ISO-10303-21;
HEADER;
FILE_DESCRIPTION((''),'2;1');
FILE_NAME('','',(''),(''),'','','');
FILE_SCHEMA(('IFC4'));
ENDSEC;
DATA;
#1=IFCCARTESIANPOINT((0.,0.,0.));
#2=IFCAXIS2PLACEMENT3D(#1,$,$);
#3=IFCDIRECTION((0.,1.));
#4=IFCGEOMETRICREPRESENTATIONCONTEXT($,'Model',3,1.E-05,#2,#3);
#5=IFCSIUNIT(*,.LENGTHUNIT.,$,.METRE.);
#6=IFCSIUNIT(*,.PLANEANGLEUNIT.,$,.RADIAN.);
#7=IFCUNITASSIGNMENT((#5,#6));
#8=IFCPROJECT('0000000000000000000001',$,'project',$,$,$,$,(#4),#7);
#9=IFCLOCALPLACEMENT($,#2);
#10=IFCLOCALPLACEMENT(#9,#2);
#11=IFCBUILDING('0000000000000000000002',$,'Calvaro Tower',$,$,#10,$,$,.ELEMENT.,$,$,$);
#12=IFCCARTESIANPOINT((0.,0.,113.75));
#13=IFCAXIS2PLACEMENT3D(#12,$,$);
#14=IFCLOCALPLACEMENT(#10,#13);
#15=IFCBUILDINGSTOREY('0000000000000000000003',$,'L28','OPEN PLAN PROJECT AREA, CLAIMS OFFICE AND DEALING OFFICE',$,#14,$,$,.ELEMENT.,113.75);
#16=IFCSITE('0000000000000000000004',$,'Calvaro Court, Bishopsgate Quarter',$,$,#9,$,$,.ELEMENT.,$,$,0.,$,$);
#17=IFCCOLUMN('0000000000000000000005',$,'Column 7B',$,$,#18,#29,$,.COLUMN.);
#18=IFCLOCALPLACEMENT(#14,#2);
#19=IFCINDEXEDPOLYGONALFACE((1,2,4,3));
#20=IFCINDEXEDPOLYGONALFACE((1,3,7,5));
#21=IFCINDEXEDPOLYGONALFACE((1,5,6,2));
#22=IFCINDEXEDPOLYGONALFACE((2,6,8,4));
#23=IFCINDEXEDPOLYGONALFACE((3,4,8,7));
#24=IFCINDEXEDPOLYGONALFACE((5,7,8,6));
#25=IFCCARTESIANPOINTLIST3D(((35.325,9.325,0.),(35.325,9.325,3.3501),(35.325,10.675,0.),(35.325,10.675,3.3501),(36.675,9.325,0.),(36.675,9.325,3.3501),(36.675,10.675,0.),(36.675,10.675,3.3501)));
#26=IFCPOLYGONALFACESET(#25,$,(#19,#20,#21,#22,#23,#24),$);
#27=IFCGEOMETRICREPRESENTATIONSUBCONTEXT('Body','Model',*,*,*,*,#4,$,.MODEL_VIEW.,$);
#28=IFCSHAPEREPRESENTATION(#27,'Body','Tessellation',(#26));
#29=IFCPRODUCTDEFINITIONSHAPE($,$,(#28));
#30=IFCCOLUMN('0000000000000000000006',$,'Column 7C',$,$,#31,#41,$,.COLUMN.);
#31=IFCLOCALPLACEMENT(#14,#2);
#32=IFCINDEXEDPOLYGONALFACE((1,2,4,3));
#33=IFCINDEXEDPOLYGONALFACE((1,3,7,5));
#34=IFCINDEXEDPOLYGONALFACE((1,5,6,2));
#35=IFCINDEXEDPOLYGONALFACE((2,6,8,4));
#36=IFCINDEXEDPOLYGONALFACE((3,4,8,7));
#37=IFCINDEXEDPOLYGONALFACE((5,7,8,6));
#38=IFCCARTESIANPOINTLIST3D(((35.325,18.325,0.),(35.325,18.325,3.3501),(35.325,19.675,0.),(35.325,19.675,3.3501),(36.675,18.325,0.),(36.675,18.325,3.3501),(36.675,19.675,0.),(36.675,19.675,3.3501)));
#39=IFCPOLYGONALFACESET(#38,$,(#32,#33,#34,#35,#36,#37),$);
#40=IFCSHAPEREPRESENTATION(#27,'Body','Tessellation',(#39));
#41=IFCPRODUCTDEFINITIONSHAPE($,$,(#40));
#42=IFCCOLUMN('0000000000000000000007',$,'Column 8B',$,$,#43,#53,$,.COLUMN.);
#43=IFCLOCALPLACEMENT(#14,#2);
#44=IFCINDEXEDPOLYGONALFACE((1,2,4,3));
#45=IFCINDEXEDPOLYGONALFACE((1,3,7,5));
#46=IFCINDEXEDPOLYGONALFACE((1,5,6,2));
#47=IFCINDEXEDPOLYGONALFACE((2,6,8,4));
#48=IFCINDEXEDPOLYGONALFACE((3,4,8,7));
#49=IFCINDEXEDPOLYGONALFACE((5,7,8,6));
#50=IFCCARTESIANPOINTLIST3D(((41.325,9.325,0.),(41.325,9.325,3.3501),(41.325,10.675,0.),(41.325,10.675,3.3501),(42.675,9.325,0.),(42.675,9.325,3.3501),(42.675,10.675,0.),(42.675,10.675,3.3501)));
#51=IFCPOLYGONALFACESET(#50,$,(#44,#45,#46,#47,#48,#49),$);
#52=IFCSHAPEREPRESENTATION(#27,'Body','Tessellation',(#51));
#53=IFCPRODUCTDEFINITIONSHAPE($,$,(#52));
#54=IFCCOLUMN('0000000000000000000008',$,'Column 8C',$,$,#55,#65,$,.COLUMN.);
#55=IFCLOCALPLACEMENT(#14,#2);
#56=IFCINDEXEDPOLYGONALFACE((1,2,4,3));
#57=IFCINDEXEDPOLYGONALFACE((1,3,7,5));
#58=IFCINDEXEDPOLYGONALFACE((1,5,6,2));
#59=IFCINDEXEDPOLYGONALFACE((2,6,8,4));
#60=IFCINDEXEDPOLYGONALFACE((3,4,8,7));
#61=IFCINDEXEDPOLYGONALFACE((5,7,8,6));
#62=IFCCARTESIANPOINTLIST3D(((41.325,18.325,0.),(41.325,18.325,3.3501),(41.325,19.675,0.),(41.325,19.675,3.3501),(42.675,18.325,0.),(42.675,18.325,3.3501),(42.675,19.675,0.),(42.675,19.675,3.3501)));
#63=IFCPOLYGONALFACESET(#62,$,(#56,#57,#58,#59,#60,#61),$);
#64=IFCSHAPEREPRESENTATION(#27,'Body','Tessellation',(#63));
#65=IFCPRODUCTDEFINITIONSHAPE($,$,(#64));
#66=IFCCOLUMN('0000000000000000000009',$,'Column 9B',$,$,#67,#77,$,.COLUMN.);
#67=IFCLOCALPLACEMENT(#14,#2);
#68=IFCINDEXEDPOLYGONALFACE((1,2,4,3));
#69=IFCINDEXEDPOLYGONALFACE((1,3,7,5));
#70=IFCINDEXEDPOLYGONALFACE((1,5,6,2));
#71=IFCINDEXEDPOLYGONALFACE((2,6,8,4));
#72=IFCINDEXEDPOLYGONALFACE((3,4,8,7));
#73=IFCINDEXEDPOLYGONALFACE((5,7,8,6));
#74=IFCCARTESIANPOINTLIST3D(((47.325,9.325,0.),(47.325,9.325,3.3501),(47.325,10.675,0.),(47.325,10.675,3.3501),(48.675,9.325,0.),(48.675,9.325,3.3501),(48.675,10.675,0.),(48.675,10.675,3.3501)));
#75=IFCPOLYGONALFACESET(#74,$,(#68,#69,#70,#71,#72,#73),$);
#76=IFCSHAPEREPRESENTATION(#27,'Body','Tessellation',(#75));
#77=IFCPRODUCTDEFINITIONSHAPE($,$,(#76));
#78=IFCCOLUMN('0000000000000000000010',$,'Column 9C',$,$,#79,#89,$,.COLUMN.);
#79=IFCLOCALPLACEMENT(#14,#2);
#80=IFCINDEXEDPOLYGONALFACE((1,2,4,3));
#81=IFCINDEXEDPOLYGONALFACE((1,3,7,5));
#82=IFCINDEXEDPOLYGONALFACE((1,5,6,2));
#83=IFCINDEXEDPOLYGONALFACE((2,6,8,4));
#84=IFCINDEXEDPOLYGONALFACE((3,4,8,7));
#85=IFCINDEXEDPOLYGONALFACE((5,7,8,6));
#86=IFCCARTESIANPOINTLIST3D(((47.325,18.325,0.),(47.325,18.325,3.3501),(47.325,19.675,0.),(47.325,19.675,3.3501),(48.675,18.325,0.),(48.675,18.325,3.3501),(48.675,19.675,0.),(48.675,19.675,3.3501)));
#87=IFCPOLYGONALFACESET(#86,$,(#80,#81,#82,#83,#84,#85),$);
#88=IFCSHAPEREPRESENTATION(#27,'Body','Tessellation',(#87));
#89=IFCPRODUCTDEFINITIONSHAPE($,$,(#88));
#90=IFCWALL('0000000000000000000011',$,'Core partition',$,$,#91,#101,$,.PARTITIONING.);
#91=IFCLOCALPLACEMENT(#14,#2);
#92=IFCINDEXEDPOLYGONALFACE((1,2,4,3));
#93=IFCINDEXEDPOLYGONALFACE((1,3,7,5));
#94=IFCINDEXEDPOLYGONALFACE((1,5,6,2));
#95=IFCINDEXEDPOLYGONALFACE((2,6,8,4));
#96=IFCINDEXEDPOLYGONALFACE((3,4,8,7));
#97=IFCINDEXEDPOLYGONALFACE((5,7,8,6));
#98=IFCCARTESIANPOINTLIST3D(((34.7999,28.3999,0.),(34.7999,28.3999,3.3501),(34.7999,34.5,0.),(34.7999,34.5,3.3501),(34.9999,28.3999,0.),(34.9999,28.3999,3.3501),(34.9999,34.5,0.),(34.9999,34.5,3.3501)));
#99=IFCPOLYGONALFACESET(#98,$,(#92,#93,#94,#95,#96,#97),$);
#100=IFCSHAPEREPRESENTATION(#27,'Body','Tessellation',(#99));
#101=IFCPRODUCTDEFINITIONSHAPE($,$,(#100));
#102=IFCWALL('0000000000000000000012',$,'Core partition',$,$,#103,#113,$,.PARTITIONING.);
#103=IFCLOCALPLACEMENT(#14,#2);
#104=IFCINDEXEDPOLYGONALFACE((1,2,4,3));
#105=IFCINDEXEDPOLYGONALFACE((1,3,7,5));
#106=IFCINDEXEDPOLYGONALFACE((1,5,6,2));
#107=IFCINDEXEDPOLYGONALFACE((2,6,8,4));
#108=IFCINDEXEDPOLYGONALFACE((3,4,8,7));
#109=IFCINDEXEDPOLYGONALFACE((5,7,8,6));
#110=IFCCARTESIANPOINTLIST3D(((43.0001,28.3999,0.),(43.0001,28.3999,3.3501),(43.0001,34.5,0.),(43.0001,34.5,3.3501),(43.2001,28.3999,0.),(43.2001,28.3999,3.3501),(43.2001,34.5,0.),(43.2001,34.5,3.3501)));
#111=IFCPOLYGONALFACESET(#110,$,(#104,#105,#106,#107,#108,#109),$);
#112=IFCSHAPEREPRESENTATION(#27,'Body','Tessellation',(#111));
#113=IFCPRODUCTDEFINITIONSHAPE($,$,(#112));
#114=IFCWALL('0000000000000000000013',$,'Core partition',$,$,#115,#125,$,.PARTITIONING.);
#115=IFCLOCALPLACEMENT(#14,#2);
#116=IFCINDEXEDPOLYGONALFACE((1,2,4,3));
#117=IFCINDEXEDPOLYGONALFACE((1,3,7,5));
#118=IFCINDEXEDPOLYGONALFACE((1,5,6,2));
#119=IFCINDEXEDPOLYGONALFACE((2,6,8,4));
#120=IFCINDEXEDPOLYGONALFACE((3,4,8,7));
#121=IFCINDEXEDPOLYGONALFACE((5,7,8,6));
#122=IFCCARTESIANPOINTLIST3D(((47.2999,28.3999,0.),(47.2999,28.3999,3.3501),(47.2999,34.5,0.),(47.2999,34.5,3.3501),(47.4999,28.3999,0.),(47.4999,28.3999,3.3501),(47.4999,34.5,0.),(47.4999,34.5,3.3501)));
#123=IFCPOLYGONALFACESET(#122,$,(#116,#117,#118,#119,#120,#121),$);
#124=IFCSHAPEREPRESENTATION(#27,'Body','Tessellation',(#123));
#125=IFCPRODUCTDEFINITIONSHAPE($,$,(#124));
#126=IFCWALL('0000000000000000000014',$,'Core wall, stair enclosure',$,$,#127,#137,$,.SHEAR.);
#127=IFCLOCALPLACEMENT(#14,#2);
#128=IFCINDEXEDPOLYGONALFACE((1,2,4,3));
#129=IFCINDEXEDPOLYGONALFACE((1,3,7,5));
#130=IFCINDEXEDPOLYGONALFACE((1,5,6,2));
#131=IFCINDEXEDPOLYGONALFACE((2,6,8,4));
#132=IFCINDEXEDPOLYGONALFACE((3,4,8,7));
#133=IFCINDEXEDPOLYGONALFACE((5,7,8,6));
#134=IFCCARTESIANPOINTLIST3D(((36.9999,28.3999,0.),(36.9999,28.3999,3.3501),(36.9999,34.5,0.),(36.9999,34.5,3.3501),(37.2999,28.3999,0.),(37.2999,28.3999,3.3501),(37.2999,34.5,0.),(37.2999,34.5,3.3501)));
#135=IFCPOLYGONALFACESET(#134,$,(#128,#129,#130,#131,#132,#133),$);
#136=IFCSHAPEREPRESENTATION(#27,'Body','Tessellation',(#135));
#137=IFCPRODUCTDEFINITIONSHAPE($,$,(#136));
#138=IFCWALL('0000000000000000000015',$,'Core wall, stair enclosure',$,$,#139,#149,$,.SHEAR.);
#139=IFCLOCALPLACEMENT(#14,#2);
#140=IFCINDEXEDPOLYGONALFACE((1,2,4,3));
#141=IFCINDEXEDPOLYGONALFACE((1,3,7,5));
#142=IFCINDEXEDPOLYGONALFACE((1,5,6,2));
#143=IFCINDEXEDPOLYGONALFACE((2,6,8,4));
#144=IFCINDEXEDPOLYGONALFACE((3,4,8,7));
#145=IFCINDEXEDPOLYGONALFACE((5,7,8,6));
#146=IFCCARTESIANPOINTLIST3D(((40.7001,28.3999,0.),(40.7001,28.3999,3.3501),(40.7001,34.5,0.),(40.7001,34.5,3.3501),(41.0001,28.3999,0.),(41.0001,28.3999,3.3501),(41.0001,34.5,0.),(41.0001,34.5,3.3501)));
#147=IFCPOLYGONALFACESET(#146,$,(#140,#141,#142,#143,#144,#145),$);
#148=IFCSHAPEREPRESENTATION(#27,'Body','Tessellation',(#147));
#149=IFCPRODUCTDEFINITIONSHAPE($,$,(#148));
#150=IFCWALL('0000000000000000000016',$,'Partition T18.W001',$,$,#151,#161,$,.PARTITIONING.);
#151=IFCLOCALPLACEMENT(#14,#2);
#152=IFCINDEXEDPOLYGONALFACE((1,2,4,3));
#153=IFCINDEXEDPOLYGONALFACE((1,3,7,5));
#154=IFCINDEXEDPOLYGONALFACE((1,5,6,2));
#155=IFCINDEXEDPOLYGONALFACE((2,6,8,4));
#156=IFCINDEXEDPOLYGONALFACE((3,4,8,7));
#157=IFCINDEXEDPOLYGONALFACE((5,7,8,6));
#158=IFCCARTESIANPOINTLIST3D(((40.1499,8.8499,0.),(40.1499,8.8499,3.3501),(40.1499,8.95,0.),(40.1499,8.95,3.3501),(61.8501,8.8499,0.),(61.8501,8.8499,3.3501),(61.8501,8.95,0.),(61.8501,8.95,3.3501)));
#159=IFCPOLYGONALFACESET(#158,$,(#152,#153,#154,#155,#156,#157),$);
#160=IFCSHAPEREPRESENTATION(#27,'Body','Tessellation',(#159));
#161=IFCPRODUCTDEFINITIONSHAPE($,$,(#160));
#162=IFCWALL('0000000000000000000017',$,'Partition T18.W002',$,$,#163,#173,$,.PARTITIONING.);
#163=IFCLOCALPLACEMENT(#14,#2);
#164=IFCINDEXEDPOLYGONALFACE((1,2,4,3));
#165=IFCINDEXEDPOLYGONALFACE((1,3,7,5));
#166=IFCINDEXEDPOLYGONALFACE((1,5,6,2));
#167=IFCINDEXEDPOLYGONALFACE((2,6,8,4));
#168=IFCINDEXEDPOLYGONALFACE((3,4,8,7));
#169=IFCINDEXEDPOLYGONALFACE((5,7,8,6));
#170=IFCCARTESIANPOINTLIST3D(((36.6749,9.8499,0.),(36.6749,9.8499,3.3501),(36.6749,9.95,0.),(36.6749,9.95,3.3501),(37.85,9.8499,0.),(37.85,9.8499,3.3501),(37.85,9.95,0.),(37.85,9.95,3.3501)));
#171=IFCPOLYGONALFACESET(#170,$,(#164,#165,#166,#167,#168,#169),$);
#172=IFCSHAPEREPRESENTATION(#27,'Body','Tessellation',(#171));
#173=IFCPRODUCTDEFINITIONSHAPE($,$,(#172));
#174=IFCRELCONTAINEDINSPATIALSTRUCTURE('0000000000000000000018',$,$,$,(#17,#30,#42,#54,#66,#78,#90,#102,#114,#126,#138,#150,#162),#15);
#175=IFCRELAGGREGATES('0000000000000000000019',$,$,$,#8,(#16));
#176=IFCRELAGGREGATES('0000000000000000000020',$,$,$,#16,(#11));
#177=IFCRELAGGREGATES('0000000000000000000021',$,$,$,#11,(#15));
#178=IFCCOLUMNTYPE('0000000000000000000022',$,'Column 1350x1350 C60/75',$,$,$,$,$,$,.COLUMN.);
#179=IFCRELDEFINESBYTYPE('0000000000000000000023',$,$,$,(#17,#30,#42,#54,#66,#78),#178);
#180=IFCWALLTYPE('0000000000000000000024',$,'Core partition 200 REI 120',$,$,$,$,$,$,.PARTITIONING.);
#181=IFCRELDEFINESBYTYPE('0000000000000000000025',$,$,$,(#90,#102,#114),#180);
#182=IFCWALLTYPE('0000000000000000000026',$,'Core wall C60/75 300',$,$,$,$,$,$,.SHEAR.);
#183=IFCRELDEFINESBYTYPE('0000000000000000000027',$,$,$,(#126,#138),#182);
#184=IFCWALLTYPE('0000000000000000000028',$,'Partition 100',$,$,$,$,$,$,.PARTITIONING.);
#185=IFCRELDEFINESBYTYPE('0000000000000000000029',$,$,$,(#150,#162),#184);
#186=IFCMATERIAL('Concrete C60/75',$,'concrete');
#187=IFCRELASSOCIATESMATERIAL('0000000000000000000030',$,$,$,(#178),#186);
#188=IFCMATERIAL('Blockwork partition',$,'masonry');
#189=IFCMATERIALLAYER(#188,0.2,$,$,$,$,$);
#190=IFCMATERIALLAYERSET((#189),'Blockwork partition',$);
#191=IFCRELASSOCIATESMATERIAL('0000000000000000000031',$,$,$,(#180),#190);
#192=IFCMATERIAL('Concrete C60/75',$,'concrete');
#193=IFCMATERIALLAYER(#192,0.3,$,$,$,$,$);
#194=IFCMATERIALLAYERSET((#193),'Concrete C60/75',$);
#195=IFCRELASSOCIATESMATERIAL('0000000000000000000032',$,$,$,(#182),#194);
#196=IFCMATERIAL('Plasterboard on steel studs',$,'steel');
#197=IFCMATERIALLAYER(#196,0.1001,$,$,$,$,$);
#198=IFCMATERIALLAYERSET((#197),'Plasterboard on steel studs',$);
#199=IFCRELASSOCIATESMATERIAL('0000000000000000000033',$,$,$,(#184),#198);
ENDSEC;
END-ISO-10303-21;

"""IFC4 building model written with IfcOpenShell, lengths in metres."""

from ifc_helpers import new_model, si_unit, direction, frame, frame_2d, origin, origin_2d, place, context, subcontext, project, spatial, rectangle, extrude, material, layer, layer_set, material_profile, profile_set, type_object, element, save


model = new_model("IFC4")

# Units and contexts
model_context = context("Model", 3, precision=1e-05, world=origin(), true_north=direction((0.0, 1.0)))
body_context = subcontext(model_context, "Body", "Model", "MODEL_VIEW")
ifc_project = project(units=[si_unit("LENGTHUNIT", "METRE"), si_unit("PLANEANGLEUNIT", "RADIAN")], contexts=[model_context])

# Site, building, storey
site_placement = place(None, origin())
site = spatial("IfcSite", under=ifc_project, at=site_placement, Name="Calvaro Court, Bishopsgate Quarter", CompositionType="ELEMENT", RefElevation=0.0)
building_placement = place(site_placement, origin())
building = spatial("IfcBuilding", under=site, at=building_placement, Name="Calvaro Tower", CompositionType="ELEMENT")
storey_placement = place(building_placement, frame((0.0, 0.0, 113.75)))
storey = spatial("IfcBuildingStorey", under=building, at=storey_placement, Name="L28", Description="OPEN PLAN PROJECT AREA, CLAIMS OFFICE AND DEALING OFFICE", CompositionType="ELEMENT", Elevation=113.75)

# Columns
ifc_material_1 = material(Name="Concrete C60/75", Category="concrete")
ifc_material_profile = material_profile(ifc_material_1, rectangle(XDim=1.3501, YDim=1.3501, at=origin_2d()), Name="RC 1350x1350")
ifc_profile_set = profile_set([ifc_material_profile], Name="Concrete C60/75")
column_type = type_object("IfcColumnType", Name="Column 1350x1350 C60/75", PredefinedType="COLUMN", material=ifc_profile_set)
for number, where, z_axis, x_axis, name in (
    (1, (36.0, 10.0, 0.0), (0.0, 0.0, 1.0), (1.0, 0.0, 0.0), "Column 7B"),
    (2, (36.0, 19.0, 0.0), (0.0, 0.0, 1.0), (1.0, 0.0, 0.0), "Column 7C"),
    (3, (42.0, 10.0, 0.0), (0.0, 0.0, 1.0), (1.0, 0.0, 0.0), "Column 8B"),
    (4, (42.0, 19.0, 0.0), (0.0, 0.0, 1.0), (1.0, 0.0, 0.0), "Column 8C"),
    (5, (48.0, 10.0, 0.0), (0.0, 0.0, 1.0), (1.0, 0.0, 0.0), "Column 9B"),
    (6, (48.0, 19.0, 0.0), (0.0, 0.0, 1.0), (1.0, 0.0, 0.0), "Column 9C"),
):
    element("IfcColumn", number, at=place(storey_placement, frame(where, z_axis=z_axis, x_axis=x_axis)), inside=storey, type_object=column_type, Name=name, PredefinedType="COLUMN", context=body_context, shape_type="SweptSolid", body=[
        extrude(rectangle(XDim=1.3501, YDim=1.3501, at=origin_2d()), origin(), (0.0, 0.0, 1.0), 3.3501),
    ])

# Walls
ifc_material_2 = material(Name="Blockwork partition", Category="masonry")
ifc_layer_1 = layer(ifc_material_2, 0.2)
ifc_layer_set_1 = layer_set([ifc_layer_1], Name="Blockwork partition")
wall_type_1 = type_object("IfcWallType", Name="Core partition 200 REI 120", PredefinedType="PARTITIONING", material=ifc_layer_set_1)
for number, where, z_axis, x_axis, name in (
    (7, (34.8999, 28.3999, 0.0), (0.0, 0.0, 1.0), (0.0, 1.0, 0.0), "Core partition"),
    (8, (43.1001, 28.3999, 0.0), (0.0, 0.0, 1.0), (0.0, 1.0, 0.0), "Core partition"),
    (9, (47.3999, 28.3999, 0.0), (0.0, 0.0, 1.0), (0.0, 1.0, 0.0), "Core partition"),
):
    element("IfcWall", number, at=place(storey_placement, frame(where, z_axis=z_axis, x_axis=x_axis)), inside=storey, type_object=wall_type_1, Name=name, PredefinedType="PARTITIONING", context=body_context, shape_type="SweptSolid", body=[
        extrude(rectangle(XDim=6.1001, YDim=0.2, at=frame_2d((3.05, 0.0))), origin(), (0.0, 0.0, 1.0), 3.3501),
    ])
ifc_material_3 = material(Name="Concrete C60/75", Category="concrete")
ifc_layer_2 = layer(ifc_material_3, 0.3)
ifc_layer_set_2 = layer_set([ifc_layer_2], Name="Concrete C60/75")
wall_type_2 = type_object("IfcWallType", Name="Core wall C60/75 300", PredefinedType="SHEAR", material=ifc_layer_set_2)
for number, where, z_axis, x_axis, name in (
    (10, (37.1499, 28.3999, 0.0), (0.0, 0.0, 1.0), (0.0, 1.0, 0.0), "Core wall, stair enclosure"),
    (11, (40.8501, 28.3999, 0.0), (0.0, 0.0, 1.0), (0.0, 1.0, 0.0), "Core wall, stair enclosure"),
):
    element("IfcWall", number, at=place(storey_placement, frame(where, z_axis=z_axis, x_axis=x_axis)), inside=storey, type_object=wall_type_2, Name=name, PredefinedType="SHEAR", context=body_context, shape_type="SweptSolid", body=[
        extrude(rectangle(XDim=6.1001, YDim=0.3, at=frame_2d((3.05, 0.0))), origin(), (0.0, 0.0, 1.0), 3.3501),
    ])
ifc_material_4 = material(Name="Plasterboard on steel studs", Category="steel")
ifc_layer_3 = layer(ifc_material_4, 0.1001)
ifc_layer_set_3 = layer_set([ifc_layer_3], Name="Plasterboard on steel studs")
wall_type_3 = type_object("IfcWallType", Name="Partition 100", PredefinedType="PARTITIONING", material=ifc_layer_set_3)
wall_1_placement = place(storey_placement, frame((40.1499, 8.8999, 0.0), z_axis=(0.0, 0.0, 1.0), x_axis=(1.0, 0.0, 0.0)))
element("IfcWall", 12, at=wall_1_placement, inside=storey, type_object=wall_type_3, Name="Partition T18.W001", PredefinedType="PARTITIONING", context=body_context, shape_type="SweptSolid", body=[
    extrude(rectangle(XDim=21.7002, YDim=0.1001, at=frame_2d((10.8501, 0.0))), origin(), (0.0, 0.0, 1.0), 3.3501),
])
wall_2_placement = place(storey_placement, frame((36.675, 9.8999, 0.0), z_axis=(0.0, 0.0, 1.0), x_axis=(1.0, 0.0, 0.0)))
element("IfcWall", 13, at=wall_2_placement, inside=storey, type_object=wall_type_3, Name="Partition T18.W002", PredefinedType="PARTITIONING", context=body_context, shape_type="SweptSolid", body=[
    extrude(rectangle(XDim=1.175, YDim=0.1001, at=frame_2d((0.5874, 0.0))), origin(), (0.0, 0.0, 1.0), 3.3501),
])

save(model, "model.ifc")
